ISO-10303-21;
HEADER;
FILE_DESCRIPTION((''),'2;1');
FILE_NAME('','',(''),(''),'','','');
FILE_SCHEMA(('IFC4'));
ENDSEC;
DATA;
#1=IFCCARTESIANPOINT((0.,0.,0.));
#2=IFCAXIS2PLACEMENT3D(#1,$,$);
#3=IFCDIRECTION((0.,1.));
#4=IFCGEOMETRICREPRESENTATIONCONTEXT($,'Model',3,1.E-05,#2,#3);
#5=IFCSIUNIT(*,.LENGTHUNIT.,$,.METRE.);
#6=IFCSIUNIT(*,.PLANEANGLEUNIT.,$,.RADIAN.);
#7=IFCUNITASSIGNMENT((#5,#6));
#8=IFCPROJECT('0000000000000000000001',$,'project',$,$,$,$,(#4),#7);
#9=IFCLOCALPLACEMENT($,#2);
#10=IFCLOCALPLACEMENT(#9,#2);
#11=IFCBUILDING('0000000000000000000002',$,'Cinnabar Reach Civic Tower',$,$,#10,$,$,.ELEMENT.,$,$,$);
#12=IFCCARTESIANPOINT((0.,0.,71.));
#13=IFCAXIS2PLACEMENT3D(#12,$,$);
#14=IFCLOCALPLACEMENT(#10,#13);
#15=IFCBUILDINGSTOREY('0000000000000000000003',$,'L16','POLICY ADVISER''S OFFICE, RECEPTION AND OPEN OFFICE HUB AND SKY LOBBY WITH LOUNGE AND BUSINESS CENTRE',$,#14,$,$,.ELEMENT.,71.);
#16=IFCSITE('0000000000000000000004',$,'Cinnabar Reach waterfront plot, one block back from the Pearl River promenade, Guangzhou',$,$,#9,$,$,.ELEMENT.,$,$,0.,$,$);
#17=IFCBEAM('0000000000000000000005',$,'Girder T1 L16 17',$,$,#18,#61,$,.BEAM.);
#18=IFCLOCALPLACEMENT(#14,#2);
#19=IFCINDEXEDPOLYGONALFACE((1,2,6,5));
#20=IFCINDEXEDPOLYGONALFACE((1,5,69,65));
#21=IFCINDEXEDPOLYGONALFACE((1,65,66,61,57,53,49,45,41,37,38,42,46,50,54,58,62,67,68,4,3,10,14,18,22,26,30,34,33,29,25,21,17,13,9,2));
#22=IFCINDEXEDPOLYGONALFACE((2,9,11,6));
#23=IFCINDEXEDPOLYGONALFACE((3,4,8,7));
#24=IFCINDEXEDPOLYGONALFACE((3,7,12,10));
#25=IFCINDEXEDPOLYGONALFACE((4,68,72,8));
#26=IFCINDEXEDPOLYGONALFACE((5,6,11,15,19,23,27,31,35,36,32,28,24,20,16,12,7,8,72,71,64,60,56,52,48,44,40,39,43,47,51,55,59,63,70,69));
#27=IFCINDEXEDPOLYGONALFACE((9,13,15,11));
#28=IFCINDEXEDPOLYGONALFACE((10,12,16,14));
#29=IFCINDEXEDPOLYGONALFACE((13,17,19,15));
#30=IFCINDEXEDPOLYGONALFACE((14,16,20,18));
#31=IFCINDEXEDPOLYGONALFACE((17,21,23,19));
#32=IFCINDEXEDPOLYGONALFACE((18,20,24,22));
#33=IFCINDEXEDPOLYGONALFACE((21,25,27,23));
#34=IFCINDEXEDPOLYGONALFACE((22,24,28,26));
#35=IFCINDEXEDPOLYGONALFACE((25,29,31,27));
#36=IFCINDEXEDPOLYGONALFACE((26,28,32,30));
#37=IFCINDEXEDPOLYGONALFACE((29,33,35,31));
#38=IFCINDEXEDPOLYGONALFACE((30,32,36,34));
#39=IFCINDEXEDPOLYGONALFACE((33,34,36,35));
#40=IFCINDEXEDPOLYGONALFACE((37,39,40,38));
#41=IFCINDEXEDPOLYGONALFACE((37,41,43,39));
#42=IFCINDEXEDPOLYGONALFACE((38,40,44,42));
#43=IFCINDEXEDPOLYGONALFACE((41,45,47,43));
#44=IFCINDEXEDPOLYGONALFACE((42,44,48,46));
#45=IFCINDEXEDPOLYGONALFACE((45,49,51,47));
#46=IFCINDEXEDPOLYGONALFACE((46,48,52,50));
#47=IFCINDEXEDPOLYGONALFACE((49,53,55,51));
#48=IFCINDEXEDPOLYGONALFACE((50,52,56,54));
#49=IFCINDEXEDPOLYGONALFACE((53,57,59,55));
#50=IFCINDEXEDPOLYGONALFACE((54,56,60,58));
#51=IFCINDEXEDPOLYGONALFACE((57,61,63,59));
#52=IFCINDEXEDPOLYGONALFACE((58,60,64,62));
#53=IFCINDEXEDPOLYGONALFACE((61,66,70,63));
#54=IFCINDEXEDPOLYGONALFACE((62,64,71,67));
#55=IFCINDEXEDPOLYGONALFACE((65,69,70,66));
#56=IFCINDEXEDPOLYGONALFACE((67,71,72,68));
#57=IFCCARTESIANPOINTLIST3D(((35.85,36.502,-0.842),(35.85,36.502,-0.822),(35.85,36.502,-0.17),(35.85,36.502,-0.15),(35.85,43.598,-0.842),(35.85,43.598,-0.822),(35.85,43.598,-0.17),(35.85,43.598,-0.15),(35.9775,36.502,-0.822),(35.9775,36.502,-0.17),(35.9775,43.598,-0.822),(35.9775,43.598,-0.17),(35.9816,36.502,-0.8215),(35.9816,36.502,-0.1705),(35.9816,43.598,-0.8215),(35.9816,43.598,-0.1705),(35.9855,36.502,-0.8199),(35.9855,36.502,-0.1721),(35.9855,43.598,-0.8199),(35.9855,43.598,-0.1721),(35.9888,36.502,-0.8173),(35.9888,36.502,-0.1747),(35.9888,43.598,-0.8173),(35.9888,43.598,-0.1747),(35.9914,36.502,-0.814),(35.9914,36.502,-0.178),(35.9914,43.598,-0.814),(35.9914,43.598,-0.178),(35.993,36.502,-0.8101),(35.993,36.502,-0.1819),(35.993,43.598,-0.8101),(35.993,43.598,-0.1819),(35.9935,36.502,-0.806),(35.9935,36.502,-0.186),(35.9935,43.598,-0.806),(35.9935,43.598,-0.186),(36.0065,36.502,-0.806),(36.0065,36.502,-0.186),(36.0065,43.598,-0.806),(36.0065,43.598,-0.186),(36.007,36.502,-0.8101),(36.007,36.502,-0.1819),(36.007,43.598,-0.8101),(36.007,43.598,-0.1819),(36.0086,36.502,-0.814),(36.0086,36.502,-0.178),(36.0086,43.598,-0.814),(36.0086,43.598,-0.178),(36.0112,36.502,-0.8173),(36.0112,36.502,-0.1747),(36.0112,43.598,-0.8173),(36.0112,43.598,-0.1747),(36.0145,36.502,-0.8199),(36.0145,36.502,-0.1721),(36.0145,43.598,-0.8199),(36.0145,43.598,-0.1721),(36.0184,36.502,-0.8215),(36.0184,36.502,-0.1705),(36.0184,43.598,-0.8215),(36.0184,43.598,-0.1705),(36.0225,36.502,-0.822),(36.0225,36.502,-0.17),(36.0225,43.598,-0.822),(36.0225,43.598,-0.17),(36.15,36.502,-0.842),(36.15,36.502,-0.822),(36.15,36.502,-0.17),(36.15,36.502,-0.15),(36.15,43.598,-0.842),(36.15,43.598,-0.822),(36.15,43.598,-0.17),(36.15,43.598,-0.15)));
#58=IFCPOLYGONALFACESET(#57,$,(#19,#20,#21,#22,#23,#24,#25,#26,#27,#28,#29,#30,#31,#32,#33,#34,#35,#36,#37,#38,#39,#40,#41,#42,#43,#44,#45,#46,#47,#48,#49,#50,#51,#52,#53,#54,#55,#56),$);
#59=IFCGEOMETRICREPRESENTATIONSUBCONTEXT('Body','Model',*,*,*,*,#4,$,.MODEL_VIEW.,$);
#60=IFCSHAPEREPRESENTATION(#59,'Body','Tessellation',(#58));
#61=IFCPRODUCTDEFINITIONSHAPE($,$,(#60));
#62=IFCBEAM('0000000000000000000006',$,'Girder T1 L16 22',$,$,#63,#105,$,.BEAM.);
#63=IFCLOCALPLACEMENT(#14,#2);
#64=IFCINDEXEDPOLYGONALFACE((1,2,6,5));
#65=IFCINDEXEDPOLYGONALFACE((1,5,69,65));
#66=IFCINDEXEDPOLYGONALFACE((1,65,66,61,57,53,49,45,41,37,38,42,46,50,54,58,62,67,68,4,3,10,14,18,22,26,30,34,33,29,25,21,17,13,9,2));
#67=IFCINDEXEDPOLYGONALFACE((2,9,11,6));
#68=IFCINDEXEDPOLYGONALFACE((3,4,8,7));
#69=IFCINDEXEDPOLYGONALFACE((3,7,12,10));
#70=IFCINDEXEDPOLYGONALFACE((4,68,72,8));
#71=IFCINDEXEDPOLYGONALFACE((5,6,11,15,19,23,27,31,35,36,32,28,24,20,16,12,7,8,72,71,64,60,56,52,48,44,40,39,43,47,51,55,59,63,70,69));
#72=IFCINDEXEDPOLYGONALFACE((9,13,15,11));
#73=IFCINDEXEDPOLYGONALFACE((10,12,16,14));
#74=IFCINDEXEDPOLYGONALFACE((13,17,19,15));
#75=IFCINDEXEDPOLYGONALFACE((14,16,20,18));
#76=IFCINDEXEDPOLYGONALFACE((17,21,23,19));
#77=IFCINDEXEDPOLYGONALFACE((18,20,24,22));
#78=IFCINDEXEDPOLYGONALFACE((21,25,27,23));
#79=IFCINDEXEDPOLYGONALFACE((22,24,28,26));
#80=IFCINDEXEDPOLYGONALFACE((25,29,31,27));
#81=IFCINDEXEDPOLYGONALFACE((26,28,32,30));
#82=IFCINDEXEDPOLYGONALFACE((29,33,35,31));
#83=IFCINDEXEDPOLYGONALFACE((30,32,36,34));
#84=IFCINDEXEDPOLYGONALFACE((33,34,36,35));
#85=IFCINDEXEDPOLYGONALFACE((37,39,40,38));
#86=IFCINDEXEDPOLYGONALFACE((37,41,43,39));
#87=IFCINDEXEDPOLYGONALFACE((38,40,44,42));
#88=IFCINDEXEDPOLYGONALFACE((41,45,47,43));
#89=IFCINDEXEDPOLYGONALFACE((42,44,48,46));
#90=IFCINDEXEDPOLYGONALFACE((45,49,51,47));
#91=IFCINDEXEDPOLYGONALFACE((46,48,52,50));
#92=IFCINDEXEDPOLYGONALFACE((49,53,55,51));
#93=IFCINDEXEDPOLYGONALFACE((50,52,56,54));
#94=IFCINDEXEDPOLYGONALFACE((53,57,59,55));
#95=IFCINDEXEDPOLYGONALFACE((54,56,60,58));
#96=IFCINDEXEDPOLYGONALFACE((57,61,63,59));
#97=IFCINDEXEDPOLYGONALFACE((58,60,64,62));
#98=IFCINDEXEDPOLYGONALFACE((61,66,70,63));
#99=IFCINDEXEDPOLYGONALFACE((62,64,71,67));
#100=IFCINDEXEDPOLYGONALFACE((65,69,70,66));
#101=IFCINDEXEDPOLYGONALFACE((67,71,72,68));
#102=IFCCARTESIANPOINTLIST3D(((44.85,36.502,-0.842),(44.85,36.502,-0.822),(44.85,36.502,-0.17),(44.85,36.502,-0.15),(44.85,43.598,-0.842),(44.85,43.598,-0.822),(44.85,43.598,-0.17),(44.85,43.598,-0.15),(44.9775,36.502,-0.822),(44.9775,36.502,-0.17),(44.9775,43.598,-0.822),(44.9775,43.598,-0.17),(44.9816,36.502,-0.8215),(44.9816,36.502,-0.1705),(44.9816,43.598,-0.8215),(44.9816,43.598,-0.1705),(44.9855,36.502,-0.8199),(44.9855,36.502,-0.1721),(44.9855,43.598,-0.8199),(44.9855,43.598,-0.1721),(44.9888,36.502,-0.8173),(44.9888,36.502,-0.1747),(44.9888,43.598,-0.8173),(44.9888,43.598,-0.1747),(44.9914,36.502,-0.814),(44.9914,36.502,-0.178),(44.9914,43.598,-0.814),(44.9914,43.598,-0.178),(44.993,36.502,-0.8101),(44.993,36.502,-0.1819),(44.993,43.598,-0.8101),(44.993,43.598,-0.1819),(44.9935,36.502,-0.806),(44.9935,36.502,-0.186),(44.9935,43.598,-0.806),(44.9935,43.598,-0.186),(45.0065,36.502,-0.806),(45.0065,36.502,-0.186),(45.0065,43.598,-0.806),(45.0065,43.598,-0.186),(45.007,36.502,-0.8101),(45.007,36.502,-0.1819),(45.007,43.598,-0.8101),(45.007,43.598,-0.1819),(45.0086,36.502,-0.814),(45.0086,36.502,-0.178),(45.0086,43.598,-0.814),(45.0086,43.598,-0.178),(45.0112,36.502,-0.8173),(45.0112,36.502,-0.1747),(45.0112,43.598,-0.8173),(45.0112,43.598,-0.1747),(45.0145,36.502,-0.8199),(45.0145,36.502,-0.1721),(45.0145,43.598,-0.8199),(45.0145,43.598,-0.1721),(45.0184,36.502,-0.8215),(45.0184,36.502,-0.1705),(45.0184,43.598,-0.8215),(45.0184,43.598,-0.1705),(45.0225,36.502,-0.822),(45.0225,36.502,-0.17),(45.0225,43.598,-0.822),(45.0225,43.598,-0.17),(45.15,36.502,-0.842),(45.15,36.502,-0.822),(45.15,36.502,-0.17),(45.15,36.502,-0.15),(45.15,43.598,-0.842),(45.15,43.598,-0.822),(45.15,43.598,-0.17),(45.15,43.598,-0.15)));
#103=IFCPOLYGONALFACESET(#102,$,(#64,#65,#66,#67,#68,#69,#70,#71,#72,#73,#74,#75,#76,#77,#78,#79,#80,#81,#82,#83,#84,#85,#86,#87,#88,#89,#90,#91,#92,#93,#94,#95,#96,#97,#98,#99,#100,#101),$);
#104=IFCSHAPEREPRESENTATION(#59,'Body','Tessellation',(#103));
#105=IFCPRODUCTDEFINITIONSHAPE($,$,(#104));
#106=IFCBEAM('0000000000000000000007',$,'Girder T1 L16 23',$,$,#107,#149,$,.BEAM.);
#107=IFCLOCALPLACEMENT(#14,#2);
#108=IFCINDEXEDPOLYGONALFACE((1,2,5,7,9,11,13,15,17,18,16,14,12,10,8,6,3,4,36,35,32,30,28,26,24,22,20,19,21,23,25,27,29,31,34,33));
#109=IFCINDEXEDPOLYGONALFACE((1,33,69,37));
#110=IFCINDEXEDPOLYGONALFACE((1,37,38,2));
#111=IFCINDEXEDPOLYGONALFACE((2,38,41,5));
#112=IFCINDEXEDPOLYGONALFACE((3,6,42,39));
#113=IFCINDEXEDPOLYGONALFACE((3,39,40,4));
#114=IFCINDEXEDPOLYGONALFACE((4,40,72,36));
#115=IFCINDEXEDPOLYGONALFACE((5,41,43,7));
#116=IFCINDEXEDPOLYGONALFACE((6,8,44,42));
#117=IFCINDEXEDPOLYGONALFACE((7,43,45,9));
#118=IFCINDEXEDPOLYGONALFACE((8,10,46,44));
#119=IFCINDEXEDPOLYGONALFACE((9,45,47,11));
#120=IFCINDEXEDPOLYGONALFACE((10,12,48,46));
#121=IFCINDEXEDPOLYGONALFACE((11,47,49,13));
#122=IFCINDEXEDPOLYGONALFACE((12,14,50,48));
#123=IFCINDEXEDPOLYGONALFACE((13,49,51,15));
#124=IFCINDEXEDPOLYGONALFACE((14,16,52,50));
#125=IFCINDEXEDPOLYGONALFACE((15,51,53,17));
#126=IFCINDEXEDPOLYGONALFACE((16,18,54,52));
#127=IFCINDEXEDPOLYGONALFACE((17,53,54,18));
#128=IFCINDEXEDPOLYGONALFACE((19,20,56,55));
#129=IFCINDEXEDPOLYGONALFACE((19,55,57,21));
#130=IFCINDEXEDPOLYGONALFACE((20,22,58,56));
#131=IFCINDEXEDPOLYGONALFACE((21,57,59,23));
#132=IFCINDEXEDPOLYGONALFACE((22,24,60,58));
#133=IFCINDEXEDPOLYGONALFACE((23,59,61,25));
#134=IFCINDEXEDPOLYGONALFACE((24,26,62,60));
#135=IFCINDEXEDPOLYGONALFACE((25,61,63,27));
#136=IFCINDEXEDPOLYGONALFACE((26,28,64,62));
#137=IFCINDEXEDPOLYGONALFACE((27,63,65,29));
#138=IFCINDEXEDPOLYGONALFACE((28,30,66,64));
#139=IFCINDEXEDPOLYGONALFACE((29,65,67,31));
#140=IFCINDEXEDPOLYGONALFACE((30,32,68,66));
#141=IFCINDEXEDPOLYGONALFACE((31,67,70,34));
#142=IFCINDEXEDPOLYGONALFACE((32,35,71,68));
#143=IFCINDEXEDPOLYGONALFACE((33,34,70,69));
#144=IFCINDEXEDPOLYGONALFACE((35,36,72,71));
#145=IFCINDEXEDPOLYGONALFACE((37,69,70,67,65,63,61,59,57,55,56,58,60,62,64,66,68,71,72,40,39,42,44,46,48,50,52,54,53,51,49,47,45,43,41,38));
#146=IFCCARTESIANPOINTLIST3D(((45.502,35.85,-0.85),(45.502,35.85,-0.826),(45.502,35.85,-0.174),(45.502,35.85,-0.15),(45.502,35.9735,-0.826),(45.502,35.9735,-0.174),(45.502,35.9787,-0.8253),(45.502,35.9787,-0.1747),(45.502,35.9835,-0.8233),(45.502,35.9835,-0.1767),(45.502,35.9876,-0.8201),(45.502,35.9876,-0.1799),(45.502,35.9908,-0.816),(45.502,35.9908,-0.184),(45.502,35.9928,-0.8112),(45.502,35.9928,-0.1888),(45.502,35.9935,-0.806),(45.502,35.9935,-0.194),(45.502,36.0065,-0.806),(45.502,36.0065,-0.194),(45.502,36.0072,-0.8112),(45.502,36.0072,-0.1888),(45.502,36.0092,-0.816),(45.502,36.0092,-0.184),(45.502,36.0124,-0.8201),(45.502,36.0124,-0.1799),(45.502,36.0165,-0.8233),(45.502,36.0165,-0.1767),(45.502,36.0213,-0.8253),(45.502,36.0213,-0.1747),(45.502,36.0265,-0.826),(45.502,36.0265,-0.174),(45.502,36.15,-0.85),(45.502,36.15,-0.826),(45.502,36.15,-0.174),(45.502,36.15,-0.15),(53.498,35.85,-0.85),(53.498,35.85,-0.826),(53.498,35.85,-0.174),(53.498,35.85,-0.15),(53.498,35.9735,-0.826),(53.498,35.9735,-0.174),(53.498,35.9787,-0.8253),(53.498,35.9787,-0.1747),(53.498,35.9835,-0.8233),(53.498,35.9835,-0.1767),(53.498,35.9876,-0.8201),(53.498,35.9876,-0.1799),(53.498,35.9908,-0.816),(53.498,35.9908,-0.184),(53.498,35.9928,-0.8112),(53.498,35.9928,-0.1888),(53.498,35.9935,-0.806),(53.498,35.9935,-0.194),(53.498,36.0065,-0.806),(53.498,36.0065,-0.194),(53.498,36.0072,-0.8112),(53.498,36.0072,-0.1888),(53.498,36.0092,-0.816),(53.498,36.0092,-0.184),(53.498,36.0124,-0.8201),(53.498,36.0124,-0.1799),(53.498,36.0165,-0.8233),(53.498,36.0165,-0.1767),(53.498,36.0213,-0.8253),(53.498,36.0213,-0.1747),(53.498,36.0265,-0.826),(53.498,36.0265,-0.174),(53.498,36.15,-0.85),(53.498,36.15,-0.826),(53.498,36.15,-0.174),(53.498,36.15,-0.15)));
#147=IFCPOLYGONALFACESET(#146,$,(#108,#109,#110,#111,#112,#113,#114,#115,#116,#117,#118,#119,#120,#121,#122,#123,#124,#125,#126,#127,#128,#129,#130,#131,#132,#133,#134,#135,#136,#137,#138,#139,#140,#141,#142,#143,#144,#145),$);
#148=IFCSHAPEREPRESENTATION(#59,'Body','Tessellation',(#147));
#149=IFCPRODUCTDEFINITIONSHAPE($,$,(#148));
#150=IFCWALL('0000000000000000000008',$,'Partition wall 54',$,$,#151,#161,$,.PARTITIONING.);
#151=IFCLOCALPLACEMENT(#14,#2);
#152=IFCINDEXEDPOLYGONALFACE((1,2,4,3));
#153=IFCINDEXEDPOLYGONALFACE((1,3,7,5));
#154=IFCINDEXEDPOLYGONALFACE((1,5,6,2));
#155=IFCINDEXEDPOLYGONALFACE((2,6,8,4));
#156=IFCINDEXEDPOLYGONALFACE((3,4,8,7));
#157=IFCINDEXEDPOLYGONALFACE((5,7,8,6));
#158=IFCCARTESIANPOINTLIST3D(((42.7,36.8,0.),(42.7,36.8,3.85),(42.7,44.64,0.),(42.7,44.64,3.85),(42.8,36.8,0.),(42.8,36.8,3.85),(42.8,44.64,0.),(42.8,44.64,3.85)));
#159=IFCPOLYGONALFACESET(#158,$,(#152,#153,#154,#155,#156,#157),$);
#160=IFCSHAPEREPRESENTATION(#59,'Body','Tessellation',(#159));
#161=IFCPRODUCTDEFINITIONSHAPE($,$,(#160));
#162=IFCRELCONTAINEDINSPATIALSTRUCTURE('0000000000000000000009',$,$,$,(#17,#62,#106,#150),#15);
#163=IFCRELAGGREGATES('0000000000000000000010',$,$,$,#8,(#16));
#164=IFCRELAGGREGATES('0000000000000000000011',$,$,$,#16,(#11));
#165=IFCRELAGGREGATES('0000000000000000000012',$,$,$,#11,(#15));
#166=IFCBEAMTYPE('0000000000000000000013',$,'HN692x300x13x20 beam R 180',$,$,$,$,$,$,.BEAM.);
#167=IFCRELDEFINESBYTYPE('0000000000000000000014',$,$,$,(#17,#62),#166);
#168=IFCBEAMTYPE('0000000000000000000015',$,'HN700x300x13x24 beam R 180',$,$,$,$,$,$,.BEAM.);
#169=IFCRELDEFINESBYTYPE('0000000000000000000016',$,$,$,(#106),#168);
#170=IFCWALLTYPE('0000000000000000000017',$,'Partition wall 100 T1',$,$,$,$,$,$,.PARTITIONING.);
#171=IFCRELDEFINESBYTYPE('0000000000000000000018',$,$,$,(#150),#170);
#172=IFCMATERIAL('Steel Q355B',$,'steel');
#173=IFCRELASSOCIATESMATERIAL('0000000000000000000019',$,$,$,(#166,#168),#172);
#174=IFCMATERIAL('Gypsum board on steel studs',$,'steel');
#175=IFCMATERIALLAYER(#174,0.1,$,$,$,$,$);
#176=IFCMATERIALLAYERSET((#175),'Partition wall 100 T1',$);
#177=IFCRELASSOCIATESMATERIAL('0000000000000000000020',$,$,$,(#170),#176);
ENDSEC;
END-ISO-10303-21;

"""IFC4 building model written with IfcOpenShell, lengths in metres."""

from ifc_helpers import new_model, si_unit, direction, frame, frame_2d, origin, origin_2d, place, context, subcontext, project, spatial, rectangle, i_section, extrude, material, layer, layer_set, material_profile, profile_set, type_object, element, save


model = new_model("IFC4")

# Units and contexts
model_context = context("Model", 3, precision=1e-05, world=origin(), true_north=direction((0.0, 1.0)))
body_context = subcontext(model_context, "Body", "Model", "MODEL_VIEW")
ifc_project = project(units=[si_unit("LENGTHUNIT", "METRE"), si_unit("PLANEANGLEUNIT", "RADIAN")], contexts=[model_context])

# Site, building, storey
site_placement = place(None, origin())
site = spatial("IfcSite", under=ifc_project, at=site_placement, Name="Cinnabar Reach waterfront plot, one block back from the Pearl River promenade, Guangzhou", CompositionType="ELEMENT", RefElevation=0.0)
building_placement = place(site_placement, origin())
building = spatial("IfcBuilding", under=site, at=building_placement, Name="Cinnabar Reach Civic Tower", CompositionType="ELEMENT")
storey_placement = place(building_placement, frame((0.0, 0.0, 71.0)))
storey = spatial("IfcBuildingStorey", under=building, at=storey_placement, Name="L16", Description="POLICY ADVISER'S OFFICE, RECEPTION AND OPEN OFFICE HUB AND SKY LOBBY WITH LOUNGE AND BUSINESS CENTRE", CompositionType="ELEMENT", Elevation=71.0)

# Beams
ifc_material_1 = material(Name="Steel Q355B", Category="steel")
ifc_material_profile_1 = material_profile(ifc_material_1, i_section(OverallWidth=0.3, OverallDepth=0.692, WebThickness=0.013, FlangeThickness=0.02, FilletRadius=0.016, at=origin_2d()), Name="HN692x300x13x20")
ifc_profile_set_1 = profile_set([ifc_material_profile_1], Name="Steel Q355B")
beam_type_1 = type_object("IfcBeamType", Name="HN692x300x13x20 beam R 180", PredefinedType="BEAM", material=ifc_profile_set_1)
for number, where, z_axis, x_axis, name in (
    (1, (36.0, 36.502, -0.496), (0.0, 1.0, 0.0), (-1.0, 0.0, 0.0), "Girder T1 L16 17"),
    (2, (45.0, 36.502, -0.496), (0.0, 1.0, 0.0), (-1.0, 0.0, 0.0), "Girder T1 L16 22"),
):
    element("IfcBeam", number, at=place(storey_placement, frame(where, z_axis=z_axis, x_axis=x_axis)), inside=storey, type_object=beam_type_1, Name=name, PredefinedType="BEAM", context=body_context, shape_type="SweptSolid", body=[
        extrude(i_section(OverallWidth=0.3, OverallDepth=0.692, WebThickness=0.013, FlangeThickness=0.02, FilletRadius=0.016, at=origin_2d()), origin(), (0.0, 0.0, 1.0), 7.096),
    ])
ifc_material_profile_2 = material_profile(ifc_material_1, i_section(OverallWidth=0.3, OverallDepth=0.7, WebThickness=0.013, FlangeThickness=0.024, FilletRadius=0.02, at=origin_2d()), Name="HN700x300x13x24")
ifc_profile_set_2 = profile_set([ifc_material_profile_2], Name="Steel Q355B")
beam_type_2 = type_object("IfcBeamType", Name="HN700x300x13x24 beam R 180", PredefinedType="BEAM", material=ifc_profile_set_2)
beam_1_placement = place(storey_placement, frame((45.502, 36.0, -0.5), z_axis=(1.0, 0.0, 0.0), x_axis=(0.0, 1.0, 0.0)))
element("IfcBeam", 3, at=beam_1_placement, inside=storey, type_object=beam_type_2, Name="Girder T1 L16 23", PredefinedType="BEAM", context=body_context, shape_type="SweptSolid", body=[
    extrude(i_section(OverallWidth=0.3, OverallDepth=0.7, WebThickness=0.013, FlangeThickness=0.024, FilletRadius=0.02, at=origin_2d()), origin(), (0.0, 0.0, 1.0), 7.996),
])

# Wall
ifc_material_2 = material(Name="Gypsum board on steel studs", Category="steel")
ifc_layer_1 = layer(ifc_material_2, 0.1)
ifc_layer_set_1 = layer_set([ifc_layer_1], Name="Partition wall 100 T1")
wall_type_1 = type_object("IfcWallType", Name="Partition wall 100 T1", PredefinedType="PARTITIONING", material=ifc_layer_set_1)
wall_1_placement = place(storey_placement, frame((42.75, 36.8, 0.0), z_axis=(0.0, 0.0, 1.0), x_axis=(0.0, 1.0, 0.0)))
element("IfcWall", 4, at=wall_1_placement, inside=storey, type_object=wall_type_1, Name="Partition wall 54", PredefinedType="PARTITIONING", context=body_context, shape_type="SweptSolid", body=[
    extrude(rectangle(XDim=7.84, YDim=0.1, at=frame_2d((3.92, 0.0))), origin(), (0.0, 0.0, 1.0), 3.85),
])

save(model, "model.ifc")
